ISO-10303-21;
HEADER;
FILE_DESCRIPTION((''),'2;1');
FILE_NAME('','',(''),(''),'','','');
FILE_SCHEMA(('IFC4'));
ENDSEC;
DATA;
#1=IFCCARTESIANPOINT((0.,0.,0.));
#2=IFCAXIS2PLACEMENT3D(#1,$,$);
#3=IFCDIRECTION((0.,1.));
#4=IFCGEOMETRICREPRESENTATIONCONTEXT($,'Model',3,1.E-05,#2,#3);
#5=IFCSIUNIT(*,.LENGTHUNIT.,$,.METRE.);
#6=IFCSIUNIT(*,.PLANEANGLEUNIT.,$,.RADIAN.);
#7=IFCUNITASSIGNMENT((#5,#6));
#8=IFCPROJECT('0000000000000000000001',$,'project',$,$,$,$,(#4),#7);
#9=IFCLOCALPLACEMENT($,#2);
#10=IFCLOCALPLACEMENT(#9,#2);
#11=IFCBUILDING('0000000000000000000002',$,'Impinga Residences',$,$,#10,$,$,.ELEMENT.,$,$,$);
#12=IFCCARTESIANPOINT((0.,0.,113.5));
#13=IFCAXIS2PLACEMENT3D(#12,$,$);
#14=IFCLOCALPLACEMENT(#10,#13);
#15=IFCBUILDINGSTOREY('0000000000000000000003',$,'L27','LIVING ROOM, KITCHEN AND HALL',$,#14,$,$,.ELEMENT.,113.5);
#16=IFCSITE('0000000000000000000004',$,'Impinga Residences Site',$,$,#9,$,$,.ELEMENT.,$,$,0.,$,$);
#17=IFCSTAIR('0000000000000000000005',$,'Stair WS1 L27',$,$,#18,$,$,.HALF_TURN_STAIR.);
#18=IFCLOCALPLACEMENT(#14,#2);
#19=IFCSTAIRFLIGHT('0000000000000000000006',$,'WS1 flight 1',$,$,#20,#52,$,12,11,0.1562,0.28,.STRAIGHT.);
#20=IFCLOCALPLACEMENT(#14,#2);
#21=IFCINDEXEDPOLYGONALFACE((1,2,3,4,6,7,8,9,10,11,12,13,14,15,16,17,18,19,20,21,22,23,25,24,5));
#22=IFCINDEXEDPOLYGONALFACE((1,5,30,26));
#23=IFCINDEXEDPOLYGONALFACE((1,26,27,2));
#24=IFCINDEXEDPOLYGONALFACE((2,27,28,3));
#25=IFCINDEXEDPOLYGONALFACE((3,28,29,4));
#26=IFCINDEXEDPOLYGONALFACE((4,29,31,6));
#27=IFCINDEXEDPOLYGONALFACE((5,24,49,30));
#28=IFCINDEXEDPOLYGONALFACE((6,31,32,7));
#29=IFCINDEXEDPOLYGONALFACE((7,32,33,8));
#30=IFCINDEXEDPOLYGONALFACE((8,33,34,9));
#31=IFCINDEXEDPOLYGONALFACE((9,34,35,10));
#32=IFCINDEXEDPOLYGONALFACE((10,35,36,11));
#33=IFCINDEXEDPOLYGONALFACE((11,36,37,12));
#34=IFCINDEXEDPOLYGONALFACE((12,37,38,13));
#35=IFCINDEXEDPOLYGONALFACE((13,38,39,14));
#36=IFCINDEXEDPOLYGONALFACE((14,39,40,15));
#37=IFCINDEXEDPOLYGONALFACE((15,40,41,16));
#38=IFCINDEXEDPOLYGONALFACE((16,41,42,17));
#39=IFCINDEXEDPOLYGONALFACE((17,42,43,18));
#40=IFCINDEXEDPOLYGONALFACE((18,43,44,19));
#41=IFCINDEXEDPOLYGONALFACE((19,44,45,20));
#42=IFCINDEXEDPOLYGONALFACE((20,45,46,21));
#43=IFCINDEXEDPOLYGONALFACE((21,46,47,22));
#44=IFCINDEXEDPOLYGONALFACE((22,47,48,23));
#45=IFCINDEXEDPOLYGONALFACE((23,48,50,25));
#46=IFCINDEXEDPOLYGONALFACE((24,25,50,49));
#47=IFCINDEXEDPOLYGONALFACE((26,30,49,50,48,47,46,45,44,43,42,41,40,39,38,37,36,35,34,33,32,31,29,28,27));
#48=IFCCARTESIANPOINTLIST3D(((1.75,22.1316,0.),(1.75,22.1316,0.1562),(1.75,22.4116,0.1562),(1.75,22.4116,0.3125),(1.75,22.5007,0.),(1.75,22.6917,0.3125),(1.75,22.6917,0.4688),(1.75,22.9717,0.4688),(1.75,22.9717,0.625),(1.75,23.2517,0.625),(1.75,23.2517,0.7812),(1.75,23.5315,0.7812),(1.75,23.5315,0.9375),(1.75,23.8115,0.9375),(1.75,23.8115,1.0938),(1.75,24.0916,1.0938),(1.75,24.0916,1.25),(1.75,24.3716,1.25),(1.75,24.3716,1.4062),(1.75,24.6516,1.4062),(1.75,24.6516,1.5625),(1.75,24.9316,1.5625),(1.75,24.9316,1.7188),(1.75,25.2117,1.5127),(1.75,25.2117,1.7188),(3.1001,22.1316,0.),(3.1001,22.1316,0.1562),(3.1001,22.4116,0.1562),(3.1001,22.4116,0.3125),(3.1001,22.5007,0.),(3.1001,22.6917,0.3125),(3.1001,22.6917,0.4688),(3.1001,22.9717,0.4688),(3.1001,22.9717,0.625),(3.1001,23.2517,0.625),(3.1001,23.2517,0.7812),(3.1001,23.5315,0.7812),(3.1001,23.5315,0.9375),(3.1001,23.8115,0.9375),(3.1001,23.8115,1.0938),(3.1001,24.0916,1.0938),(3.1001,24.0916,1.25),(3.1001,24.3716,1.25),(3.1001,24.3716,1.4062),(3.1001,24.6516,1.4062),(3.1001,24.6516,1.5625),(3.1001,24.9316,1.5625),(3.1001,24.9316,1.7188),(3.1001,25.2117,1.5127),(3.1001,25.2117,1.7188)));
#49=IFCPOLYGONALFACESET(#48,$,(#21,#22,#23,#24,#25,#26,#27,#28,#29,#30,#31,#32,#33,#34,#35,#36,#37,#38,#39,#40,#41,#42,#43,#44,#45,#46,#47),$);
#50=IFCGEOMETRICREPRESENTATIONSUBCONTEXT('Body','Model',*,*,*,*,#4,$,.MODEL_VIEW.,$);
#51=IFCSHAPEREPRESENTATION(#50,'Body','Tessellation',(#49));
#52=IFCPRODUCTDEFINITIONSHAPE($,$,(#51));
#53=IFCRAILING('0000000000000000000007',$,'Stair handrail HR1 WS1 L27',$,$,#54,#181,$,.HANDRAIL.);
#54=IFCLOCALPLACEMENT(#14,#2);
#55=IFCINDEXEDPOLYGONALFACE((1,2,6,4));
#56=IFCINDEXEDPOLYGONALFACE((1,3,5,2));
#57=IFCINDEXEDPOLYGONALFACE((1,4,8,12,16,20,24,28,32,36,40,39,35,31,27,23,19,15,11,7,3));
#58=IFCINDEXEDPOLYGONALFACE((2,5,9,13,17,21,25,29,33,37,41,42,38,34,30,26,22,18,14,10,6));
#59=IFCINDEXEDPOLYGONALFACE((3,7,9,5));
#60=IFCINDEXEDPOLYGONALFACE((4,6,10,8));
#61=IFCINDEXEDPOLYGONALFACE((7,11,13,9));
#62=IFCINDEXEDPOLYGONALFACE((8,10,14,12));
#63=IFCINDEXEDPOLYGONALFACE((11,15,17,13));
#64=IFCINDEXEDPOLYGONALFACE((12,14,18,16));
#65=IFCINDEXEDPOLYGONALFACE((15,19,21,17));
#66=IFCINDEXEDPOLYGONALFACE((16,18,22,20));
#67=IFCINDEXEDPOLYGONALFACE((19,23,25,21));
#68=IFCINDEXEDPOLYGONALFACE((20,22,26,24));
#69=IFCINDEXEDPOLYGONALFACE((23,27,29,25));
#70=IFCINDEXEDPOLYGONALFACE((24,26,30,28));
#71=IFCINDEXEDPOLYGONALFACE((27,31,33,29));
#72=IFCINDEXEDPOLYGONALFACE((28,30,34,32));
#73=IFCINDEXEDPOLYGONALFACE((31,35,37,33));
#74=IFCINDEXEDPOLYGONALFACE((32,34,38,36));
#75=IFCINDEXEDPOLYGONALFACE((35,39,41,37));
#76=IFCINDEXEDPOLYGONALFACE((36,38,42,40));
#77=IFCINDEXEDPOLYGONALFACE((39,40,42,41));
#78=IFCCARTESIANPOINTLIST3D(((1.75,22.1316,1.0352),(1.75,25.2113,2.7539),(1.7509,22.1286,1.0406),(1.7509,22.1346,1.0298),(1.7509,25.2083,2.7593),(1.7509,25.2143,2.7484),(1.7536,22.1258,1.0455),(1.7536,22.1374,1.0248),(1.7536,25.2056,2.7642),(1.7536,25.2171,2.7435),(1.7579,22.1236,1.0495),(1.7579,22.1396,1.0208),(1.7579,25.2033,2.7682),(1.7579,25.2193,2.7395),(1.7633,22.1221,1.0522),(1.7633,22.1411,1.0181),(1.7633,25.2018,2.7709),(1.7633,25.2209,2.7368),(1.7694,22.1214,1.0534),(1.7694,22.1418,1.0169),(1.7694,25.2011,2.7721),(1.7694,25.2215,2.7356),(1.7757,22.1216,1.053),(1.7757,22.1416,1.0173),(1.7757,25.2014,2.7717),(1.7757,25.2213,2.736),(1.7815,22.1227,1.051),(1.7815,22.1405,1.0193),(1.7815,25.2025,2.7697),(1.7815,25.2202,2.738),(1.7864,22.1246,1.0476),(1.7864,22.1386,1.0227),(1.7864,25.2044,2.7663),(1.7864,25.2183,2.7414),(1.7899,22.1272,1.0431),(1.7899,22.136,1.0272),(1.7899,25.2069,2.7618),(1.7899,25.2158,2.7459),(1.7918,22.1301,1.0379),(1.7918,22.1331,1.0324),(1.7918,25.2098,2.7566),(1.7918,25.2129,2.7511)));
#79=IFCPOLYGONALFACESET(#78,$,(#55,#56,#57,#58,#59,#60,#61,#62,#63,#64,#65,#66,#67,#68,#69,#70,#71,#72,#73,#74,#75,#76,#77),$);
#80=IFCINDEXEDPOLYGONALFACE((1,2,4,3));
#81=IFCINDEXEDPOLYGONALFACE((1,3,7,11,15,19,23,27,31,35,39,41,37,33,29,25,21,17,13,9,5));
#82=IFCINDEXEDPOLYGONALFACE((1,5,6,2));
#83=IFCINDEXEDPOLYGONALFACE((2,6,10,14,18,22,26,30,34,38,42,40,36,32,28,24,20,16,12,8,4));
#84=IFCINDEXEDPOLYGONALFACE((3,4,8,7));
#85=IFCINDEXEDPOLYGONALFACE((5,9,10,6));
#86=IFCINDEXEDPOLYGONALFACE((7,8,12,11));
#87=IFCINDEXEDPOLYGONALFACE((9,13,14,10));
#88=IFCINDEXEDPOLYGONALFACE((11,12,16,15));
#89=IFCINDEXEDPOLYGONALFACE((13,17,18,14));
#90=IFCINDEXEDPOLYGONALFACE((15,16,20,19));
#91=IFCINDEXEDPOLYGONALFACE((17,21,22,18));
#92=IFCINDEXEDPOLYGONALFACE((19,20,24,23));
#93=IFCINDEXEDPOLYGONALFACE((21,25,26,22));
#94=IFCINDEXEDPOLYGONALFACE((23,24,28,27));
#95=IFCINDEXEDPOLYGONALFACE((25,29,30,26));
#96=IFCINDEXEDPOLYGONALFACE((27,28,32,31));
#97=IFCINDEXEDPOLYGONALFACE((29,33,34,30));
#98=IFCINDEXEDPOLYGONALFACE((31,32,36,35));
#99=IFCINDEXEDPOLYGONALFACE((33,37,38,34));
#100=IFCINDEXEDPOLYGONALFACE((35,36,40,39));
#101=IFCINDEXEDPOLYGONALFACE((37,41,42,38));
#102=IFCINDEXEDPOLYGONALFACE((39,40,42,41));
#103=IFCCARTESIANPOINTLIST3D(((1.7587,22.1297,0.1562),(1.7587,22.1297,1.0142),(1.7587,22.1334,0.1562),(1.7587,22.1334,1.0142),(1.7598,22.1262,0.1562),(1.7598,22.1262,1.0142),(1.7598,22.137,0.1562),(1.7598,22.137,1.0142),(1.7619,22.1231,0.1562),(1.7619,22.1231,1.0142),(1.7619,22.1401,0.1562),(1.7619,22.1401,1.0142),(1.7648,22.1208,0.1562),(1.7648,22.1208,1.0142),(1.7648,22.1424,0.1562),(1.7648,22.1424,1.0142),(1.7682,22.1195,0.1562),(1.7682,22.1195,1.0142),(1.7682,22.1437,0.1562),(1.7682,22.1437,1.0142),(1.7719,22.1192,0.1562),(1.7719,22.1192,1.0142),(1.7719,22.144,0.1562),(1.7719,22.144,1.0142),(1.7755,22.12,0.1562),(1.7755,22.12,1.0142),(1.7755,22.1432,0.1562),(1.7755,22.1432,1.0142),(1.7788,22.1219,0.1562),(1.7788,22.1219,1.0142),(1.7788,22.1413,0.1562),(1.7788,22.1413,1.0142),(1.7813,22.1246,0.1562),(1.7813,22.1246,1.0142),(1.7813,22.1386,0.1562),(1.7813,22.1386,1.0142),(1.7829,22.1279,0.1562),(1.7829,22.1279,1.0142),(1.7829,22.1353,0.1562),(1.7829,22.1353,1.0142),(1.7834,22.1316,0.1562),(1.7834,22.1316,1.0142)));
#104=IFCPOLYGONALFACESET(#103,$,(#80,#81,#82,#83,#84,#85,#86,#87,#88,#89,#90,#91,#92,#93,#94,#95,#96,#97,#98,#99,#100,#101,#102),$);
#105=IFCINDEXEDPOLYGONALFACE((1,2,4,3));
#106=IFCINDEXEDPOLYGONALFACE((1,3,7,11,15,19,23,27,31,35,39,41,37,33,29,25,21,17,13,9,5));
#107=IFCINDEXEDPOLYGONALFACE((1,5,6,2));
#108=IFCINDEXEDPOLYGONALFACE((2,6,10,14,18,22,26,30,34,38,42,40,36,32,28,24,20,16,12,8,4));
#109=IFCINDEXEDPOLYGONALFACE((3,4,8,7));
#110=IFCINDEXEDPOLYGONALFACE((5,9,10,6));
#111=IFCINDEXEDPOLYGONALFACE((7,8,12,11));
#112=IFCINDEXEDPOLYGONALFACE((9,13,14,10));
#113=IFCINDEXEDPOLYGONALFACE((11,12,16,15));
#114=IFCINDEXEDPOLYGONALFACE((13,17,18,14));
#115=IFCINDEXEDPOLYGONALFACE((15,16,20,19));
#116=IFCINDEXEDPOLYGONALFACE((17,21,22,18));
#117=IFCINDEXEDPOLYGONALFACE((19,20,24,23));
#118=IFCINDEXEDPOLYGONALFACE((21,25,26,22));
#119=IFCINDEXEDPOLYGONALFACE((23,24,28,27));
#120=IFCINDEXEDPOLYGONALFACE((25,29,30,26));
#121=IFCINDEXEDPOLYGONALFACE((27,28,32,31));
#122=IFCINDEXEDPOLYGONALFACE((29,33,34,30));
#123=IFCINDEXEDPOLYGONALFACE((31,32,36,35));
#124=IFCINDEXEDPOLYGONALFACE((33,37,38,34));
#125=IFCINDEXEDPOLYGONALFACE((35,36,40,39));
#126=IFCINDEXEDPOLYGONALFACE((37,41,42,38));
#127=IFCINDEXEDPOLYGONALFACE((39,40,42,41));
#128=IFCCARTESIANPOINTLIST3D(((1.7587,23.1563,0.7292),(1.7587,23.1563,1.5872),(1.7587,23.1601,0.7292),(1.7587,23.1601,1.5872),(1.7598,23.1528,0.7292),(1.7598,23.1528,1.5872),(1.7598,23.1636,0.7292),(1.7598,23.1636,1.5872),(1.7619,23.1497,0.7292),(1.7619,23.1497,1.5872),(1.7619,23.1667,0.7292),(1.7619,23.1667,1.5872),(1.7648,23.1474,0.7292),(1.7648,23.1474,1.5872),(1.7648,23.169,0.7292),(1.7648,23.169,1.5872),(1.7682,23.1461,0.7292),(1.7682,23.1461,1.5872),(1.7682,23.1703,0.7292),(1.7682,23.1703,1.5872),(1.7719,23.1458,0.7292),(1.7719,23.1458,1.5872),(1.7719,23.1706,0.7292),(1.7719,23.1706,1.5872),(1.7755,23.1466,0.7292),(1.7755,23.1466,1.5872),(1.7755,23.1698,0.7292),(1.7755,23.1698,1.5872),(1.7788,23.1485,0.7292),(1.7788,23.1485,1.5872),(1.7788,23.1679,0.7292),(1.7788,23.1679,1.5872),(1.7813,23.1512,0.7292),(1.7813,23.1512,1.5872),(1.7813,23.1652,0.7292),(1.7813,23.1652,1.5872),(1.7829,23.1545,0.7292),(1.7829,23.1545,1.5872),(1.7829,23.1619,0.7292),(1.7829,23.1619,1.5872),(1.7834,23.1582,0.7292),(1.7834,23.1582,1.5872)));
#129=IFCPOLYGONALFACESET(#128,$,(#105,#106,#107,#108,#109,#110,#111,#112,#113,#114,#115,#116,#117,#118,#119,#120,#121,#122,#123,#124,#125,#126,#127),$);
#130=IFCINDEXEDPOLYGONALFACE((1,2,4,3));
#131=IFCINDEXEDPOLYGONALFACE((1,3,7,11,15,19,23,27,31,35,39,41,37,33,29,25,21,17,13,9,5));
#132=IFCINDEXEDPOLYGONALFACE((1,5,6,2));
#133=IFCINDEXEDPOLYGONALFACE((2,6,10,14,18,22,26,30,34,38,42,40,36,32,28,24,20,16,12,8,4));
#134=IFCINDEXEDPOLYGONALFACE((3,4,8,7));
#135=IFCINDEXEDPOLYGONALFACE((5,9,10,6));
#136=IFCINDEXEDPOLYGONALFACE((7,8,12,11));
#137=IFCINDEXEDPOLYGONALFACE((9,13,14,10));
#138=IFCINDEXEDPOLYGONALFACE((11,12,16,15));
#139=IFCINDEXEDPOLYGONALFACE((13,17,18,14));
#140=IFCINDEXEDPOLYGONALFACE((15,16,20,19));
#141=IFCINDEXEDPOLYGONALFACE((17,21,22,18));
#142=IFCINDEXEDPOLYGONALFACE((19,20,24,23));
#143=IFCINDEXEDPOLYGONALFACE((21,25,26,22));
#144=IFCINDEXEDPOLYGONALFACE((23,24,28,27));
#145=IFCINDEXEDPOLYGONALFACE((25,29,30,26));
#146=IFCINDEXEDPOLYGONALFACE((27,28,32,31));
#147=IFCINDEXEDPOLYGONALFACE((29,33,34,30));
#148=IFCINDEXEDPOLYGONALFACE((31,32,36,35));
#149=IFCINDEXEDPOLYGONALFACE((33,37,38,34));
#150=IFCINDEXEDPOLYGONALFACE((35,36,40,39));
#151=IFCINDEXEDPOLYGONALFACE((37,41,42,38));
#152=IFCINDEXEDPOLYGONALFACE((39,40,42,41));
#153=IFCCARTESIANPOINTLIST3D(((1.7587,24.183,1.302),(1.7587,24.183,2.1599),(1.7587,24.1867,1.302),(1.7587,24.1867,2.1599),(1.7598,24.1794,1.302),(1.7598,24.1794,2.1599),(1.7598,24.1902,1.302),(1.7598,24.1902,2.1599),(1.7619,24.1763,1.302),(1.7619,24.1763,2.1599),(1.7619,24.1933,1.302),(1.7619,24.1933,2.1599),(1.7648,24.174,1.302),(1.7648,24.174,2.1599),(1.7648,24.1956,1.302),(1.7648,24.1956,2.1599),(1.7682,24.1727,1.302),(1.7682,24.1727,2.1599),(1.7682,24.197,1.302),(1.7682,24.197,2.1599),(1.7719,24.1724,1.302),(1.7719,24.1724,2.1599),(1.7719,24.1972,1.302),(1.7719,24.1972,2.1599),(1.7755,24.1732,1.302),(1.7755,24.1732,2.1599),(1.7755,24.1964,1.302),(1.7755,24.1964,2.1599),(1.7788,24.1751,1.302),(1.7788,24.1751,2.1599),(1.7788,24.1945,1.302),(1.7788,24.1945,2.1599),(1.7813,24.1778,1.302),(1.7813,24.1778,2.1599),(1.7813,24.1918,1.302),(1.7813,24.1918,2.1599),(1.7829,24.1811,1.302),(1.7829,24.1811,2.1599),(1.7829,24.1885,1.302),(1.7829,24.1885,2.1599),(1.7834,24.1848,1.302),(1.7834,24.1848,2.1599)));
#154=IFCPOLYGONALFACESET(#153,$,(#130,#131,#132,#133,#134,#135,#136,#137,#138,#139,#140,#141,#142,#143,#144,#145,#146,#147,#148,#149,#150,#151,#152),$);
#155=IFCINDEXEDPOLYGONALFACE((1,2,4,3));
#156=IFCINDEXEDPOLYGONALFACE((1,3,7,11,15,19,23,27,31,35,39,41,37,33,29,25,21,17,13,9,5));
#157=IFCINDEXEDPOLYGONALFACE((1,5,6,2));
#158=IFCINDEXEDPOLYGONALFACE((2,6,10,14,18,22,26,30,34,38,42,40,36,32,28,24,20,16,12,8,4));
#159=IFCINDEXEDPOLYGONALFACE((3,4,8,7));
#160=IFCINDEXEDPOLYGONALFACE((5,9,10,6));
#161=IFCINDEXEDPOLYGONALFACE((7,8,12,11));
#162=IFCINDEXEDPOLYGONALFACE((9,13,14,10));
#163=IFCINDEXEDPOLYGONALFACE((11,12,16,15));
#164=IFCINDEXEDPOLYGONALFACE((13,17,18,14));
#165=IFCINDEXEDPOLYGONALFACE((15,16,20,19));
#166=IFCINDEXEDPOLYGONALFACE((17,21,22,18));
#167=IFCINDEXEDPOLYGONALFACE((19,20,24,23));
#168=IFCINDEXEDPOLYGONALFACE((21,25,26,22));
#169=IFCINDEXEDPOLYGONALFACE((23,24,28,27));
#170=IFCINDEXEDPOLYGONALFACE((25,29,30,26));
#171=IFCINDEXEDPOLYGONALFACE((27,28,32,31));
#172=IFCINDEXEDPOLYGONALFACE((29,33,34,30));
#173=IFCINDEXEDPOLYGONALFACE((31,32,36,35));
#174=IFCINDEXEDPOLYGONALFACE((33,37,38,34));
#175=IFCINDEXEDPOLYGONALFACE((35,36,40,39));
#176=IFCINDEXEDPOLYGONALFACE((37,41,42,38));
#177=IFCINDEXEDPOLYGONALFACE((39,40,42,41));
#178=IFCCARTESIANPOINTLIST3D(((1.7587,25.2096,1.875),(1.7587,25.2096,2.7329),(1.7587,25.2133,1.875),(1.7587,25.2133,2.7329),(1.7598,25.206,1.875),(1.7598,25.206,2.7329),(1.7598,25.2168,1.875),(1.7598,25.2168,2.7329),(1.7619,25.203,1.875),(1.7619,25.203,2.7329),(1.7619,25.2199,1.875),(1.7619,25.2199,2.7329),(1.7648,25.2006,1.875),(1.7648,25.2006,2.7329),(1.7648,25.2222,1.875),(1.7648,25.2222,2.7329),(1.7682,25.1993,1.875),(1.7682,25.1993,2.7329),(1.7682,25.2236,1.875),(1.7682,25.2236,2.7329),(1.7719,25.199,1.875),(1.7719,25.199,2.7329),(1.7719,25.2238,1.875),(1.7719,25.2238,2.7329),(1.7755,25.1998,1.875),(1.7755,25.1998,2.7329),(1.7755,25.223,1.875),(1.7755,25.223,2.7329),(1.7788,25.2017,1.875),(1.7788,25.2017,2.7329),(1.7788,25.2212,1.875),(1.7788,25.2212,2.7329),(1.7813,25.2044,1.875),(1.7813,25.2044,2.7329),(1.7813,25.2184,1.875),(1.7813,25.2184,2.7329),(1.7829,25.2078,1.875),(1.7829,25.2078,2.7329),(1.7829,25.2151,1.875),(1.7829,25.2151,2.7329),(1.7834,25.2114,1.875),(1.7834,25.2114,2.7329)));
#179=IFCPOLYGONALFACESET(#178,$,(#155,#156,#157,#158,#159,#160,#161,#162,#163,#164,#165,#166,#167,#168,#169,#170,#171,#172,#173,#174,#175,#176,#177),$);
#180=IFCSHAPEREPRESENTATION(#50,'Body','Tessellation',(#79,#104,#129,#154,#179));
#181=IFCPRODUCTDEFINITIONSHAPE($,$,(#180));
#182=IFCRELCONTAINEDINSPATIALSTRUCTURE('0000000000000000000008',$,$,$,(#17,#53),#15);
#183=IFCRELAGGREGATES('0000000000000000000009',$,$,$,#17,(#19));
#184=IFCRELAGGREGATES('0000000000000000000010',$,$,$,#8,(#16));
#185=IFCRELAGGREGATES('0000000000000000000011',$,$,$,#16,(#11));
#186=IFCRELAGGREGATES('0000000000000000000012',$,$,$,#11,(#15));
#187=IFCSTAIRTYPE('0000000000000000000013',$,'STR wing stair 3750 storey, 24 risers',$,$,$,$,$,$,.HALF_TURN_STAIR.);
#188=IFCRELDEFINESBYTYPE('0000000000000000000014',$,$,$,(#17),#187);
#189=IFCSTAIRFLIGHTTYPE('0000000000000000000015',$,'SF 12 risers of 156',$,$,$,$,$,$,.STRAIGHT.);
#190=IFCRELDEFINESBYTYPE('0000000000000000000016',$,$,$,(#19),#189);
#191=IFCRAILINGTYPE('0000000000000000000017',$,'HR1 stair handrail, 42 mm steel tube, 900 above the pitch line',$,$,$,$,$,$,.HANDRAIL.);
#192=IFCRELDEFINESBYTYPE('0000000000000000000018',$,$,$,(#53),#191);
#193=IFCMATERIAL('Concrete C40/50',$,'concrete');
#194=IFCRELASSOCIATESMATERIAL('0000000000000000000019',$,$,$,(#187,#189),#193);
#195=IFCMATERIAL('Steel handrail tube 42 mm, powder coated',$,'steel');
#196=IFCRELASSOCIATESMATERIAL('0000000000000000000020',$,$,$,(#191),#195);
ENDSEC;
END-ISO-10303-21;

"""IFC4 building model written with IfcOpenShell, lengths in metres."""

from ifc_helpers import new_model, si_unit, direction, frame, origin, origin_2d, place, context, subcontext, project, spatial, polyline, circle, outline, extrude, material, type_object, element, aggregate, save


model = new_model("IFC4")

# Units and contexts
model_context = context("Model", 3, precision=1e-05, world=origin(), true_north=direction((0.0, 1.0)))
body_context = subcontext(model_context, "Body", "Model", "MODEL_VIEW")
ifc_project = project(units=[si_unit("LENGTHUNIT", "METRE"), si_unit("PLANEANGLEUNIT", "RADIAN")], contexts=[model_context])

# Site, building, storey
site_placement = place(None, origin())
site = spatial("IfcSite", under=ifc_project, at=site_placement, Name="Impinga Residences Site", CompositionType="ELEMENT", RefElevation=0.0)
building_placement = place(site_placement, origin())
building = spatial("IfcBuilding", under=site, at=building_placement, Name="Impinga Residences", CompositionType="ELEMENT")
storey_placement = place(building_placement, frame((0.0, 0.0, 113.5)))
storey = spatial("IfcBuildingStorey", under=building, at=storey_placement, Name="L27", Description="LIVING ROOM, KITCHEN AND HALL", CompositionType="ELEMENT", Elevation=113.5)

# Stair, stair flight
ifc_material_1 = material(Name="Concrete C40/50", Category="concrete")
stair_type = type_object("IfcStairType", Name="STR wing stair 3750 storey, 24 risers", PredefinedType="HALF_TURN_STAIR", material=ifc_material_1)
stair_placement = place(storey_placement, origin())
stair = element("IfcStair", 1, at=stair_placement, inside=storey, type_object=stair_type, Name="Stair WS1 L27", PredefinedType="HALF_TURN_STAIR")
stair_flight_type = type_object("IfcStairFlightType", Name="SF 12 risers of 156", PredefinedType="STRAIGHT", material=ifc_material_1)
stair_flight_placement = place(storey_placement, frame((2.425, 22.1316, 0.0), z_axis=(0.0, 0.0, 1.0), x_axis=(0.0, 1.0, 0.0)))
stair_flight = element("IfcStairFlight", 2, at=stair_flight_placement, type_object=stair_flight_type, Name="WS1 flight 1", NumberOfRisers=12, NumberOfTreads=11, PredefinedType="STRAIGHT", RiserHeight=0.1562, TreadLength=0.28, context=body_context, shape_type="SweptSolid", body=[
    extrude(outline(polyline([(0.0, 0.0), (0.0, 0.1562), (0.28, 0.1562), (0.28, 0.3125), (0.5601, 0.3125), (0.5601, 0.4688), (0.8401, 0.4688), (0.8401, 0.625), (1.1201, 0.625), (1.1201, 0.7812), (1.3999, 0.7812), (1.3999, 0.9375), (1.6799, 0.9375), (1.6799, 1.0938), (1.96, 1.0938), (1.96, 1.25), (2.24, 1.25), (2.24, 1.4062), (2.52, 1.4062), (2.52, 1.5625), (2.8, 1.5625), (2.8, 1.7188), (3.0801, 1.7188), (3.0801, 1.875), (3.0801, 1.5127), (0.3691, 0.0), (0.0, 0.0)])), frame((0.0, 0.675, 0.0), z_axis=(0.0, -1.0, 0.0), x_axis=(1.0, 0.0, 0.0)), (0.0, 0.0, 1.0), 1.3501),
])
aggregate(stair, [stair_flight])

# Railing
ifc_material_2 = material(Name="Steel handrail tube 42 mm, powder coated", Category="steel")
railing_type = type_object("IfcRailingType", Name="HR1 stair handrail, 42 mm steel tube, 900 above the pitch line", PredefinedType="HANDRAIL", material=ifc_material_2)
railing_placement = place(storey_placement, frame((1.771, 22.1316, 0.1562)))
element("IfcRailing", 3, at=railing_placement, inside=storey, type_object=railing_type, Name="Stair handrail HR1 WS1 L27", PredefinedType="HANDRAIL", context=body_context, shape_type="SweptSolid", body=[
    extrude(circle(Radius=0.021, at=origin_2d()), frame((0.0, 0.0, 0.8789), z_axis=(0.0, 0.873225, 0.487317), x_axis=(-1.0, 0.0, 0.0)), (0.0, 0.0, 1.0), 3.5269),
    extrude(circle(Radius=0.0125, at=origin_2d()), origin(), (0.0, 0.0, 1.0), 0.8579),
    extrude(circle(Radius=0.0125, at=origin_2d()), frame((0.0, 1.0266, 0.573)), (0.0, 0.0, 1.0), 0.8579),
    extrude(circle(Radius=0.0125, at=origin_2d()), frame((0.0, 2.0532, 1.1458)), (0.0, 0.0, 1.0), 0.8579),
    extrude(circle(Radius=0.0125, at=origin_2d()), frame((0.0, 3.0798, 1.7188)), (0.0, 0.0, 1.0), 0.8579),
])

save(model, "model.ifc")
